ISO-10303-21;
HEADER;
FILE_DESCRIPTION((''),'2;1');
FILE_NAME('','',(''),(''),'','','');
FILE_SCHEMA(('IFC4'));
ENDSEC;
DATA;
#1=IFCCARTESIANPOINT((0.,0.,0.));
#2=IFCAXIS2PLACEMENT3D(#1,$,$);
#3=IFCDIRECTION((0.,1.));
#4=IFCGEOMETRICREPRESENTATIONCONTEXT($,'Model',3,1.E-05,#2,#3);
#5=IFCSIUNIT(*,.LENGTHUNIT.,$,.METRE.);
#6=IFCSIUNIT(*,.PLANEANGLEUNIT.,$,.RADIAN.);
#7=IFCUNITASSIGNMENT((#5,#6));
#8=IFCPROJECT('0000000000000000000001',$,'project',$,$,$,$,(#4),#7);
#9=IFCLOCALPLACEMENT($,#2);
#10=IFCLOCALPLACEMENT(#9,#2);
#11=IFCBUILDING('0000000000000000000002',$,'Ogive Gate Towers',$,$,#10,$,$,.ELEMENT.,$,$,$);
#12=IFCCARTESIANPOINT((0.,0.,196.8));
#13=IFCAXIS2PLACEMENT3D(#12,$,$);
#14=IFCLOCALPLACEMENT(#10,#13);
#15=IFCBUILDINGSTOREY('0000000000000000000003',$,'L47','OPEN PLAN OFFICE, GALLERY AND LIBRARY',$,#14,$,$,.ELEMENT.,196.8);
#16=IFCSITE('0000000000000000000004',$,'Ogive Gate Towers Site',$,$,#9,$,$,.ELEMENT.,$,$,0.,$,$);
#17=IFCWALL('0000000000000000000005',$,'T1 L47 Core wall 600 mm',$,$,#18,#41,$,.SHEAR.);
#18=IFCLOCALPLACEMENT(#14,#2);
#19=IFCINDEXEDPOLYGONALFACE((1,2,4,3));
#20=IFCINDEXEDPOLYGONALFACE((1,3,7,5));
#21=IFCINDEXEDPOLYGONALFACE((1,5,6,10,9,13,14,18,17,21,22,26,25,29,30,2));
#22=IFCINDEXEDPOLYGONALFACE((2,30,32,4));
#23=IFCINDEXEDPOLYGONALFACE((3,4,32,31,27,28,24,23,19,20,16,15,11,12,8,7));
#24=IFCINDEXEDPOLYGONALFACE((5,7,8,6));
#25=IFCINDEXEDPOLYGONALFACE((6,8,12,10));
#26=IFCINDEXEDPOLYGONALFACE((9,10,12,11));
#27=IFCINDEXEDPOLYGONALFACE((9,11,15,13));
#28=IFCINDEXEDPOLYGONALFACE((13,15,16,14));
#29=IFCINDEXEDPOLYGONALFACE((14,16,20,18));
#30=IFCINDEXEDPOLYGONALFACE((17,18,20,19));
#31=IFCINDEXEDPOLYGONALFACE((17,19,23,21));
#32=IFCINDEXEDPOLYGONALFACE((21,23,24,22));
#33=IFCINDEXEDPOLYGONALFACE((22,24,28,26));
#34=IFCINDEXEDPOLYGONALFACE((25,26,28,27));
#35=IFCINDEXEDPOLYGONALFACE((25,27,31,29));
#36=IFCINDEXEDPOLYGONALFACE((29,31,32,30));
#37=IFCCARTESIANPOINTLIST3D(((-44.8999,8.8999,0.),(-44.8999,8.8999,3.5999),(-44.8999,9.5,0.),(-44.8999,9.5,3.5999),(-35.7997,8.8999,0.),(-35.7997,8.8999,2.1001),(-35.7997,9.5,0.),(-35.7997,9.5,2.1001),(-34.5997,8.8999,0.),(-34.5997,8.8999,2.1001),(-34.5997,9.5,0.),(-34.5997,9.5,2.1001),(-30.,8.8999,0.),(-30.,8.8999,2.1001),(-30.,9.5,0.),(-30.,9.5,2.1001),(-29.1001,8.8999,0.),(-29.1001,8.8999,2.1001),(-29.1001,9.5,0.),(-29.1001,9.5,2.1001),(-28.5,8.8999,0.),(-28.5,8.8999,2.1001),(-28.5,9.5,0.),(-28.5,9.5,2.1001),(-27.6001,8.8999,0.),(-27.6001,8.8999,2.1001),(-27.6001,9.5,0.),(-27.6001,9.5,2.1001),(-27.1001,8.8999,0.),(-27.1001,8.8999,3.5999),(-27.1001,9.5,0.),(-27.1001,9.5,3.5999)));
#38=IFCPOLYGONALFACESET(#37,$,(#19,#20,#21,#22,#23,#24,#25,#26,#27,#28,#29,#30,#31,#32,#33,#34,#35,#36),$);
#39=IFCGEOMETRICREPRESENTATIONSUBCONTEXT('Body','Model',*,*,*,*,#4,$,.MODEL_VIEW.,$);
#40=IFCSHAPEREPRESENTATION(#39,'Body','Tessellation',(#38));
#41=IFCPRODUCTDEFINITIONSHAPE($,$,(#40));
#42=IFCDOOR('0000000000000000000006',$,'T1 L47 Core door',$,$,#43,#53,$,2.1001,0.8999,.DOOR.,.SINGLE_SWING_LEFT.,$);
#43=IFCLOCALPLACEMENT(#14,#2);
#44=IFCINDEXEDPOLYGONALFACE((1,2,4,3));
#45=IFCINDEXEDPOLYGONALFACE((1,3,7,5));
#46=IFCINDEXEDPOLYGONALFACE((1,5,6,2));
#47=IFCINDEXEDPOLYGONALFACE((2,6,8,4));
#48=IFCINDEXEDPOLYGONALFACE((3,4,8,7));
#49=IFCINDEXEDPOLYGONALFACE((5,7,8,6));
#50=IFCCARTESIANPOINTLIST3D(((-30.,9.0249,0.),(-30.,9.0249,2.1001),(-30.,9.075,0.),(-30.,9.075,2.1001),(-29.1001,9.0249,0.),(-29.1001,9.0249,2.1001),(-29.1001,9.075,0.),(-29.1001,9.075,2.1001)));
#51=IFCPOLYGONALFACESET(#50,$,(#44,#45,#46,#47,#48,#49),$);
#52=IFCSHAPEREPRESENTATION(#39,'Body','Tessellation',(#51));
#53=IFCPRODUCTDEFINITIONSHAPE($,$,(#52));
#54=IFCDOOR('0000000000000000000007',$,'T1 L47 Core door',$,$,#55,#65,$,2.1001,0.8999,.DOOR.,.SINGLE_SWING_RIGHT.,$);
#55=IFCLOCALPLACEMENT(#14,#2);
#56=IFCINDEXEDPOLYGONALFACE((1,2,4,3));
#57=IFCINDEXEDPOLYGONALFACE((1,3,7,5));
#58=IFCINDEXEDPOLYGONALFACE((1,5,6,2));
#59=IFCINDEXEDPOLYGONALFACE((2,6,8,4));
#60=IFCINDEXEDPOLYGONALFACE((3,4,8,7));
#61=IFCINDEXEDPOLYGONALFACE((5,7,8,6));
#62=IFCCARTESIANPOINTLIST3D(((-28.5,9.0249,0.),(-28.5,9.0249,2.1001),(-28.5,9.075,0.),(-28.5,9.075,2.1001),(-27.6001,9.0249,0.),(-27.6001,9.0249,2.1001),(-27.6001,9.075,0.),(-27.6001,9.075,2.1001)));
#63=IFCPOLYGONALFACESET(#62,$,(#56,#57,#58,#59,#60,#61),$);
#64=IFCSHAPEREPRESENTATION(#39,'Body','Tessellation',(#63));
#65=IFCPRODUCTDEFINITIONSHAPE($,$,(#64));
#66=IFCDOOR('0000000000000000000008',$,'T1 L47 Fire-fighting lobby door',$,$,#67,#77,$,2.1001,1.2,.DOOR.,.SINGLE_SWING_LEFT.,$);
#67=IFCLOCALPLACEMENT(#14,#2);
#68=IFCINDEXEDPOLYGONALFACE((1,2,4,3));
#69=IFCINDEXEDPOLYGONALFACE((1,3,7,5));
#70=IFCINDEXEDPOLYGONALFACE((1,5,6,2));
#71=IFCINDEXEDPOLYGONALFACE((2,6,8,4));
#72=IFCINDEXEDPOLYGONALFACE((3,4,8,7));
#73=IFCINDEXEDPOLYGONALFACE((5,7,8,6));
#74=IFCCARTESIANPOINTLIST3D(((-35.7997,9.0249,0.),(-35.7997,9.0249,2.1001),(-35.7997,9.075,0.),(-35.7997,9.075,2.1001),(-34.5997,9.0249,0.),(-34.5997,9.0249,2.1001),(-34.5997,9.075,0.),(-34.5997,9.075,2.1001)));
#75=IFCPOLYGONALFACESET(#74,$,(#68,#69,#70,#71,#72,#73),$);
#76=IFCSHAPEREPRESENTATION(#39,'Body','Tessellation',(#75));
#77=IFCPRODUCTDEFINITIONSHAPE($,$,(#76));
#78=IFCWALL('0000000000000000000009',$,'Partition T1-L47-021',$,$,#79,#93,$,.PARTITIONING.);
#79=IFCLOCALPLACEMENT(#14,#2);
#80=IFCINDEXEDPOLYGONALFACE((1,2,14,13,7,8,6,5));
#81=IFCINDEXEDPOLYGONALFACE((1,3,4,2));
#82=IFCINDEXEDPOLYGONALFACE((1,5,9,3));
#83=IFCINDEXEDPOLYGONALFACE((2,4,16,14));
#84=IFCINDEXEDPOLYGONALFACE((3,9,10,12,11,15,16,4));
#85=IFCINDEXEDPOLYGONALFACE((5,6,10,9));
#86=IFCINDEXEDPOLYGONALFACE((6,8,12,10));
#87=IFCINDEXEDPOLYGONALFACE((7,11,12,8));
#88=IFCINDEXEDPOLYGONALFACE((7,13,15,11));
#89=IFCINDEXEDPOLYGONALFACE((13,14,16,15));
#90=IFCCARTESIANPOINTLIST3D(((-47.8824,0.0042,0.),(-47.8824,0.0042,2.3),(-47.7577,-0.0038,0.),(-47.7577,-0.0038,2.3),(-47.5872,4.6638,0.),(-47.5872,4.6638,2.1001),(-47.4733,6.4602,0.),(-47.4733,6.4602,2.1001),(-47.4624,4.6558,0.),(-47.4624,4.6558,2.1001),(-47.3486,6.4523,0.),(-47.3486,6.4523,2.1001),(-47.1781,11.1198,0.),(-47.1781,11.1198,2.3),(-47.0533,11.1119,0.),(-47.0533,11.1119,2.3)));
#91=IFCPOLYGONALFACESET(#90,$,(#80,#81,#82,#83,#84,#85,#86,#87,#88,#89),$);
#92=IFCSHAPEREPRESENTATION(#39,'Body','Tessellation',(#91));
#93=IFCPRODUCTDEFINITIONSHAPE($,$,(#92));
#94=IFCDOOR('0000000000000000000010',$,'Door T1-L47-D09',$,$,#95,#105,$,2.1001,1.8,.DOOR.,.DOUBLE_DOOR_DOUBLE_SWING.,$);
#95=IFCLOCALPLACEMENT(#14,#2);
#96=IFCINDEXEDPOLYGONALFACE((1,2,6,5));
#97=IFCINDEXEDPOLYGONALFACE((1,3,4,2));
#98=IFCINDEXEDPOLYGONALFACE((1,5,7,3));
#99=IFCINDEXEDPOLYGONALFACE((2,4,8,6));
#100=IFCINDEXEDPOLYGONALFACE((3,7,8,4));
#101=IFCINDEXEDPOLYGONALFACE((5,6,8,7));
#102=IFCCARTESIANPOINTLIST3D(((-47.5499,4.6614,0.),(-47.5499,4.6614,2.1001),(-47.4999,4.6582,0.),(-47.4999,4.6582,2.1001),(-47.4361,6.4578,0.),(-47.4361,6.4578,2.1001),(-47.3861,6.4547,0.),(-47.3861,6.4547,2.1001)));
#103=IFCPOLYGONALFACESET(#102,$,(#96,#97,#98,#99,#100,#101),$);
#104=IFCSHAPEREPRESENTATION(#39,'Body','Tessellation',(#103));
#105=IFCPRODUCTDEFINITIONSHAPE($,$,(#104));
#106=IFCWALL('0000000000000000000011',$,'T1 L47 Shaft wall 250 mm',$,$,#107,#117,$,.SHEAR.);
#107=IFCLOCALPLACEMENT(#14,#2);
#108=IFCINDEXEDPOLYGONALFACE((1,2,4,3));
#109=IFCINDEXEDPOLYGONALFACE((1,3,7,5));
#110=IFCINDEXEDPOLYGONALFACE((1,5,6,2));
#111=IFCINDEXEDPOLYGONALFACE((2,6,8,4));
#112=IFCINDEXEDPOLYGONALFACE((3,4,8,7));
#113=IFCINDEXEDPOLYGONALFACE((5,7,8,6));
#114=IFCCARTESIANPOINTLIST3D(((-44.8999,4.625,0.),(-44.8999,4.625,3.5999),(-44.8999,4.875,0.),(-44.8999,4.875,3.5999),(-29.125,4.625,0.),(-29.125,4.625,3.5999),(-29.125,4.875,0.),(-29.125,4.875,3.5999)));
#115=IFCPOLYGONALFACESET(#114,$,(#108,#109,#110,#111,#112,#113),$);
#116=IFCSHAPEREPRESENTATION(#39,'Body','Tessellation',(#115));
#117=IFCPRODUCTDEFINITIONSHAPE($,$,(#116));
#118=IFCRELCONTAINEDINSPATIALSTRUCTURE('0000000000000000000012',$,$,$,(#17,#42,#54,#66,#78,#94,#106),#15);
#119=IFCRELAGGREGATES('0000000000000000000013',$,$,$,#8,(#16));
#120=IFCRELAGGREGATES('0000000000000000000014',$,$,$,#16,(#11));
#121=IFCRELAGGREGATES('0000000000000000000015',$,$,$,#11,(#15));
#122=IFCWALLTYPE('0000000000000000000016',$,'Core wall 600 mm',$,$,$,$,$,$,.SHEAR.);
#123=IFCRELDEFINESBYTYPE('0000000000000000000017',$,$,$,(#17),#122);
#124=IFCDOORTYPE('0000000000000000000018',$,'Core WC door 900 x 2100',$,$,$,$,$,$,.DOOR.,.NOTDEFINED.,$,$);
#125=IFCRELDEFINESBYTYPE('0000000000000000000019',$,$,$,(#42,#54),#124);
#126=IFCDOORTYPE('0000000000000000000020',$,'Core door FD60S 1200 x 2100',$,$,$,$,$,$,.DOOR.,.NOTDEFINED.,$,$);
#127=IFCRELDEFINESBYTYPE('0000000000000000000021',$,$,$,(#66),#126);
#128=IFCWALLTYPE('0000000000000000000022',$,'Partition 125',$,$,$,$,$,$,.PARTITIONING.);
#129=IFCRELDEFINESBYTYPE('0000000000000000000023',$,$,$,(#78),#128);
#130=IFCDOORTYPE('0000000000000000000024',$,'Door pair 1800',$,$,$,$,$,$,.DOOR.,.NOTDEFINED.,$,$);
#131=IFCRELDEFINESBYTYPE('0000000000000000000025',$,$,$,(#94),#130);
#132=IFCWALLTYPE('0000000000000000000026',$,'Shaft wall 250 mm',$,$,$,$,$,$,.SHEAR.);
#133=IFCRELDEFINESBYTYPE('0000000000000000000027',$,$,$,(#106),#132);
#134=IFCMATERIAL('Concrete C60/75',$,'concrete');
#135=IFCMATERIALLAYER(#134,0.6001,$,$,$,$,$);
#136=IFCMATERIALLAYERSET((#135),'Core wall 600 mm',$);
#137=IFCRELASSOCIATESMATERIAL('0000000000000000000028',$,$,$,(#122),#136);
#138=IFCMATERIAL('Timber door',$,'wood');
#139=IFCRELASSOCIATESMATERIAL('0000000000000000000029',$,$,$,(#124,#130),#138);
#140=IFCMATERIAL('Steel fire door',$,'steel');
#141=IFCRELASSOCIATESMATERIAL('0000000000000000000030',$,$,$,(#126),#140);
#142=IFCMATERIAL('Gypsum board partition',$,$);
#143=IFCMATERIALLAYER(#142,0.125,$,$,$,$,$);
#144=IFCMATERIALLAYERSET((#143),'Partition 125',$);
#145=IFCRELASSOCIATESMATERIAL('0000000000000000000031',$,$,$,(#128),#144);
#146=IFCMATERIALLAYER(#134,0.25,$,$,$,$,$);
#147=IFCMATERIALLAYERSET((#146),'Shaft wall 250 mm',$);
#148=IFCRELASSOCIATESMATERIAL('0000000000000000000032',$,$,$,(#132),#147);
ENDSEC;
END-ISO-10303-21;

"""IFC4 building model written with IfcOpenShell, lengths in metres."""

from ifc_helpers import new_model, si_unit, direction, frame, frame_2d, origin, place, context, subcontext, project, spatial, rectangle, extrude, material, layer, layer_set, type_object, element, fill, save


model = new_model("IFC4")

# Units and contexts
model_context = context("Model", 3, precision=1e-05, world=origin(), true_north=direction((0.0, 1.0)))
body_context = subcontext(model_context, "Body", "Model", "MODEL_VIEW")
ifc_project = project(units=[si_unit("LENGTHUNIT", "METRE"), si_unit("PLANEANGLEUNIT", "RADIAN")], contexts=[model_context])

# Site, building, storey
site_placement = place(None, origin())
site = spatial("IfcSite", under=ifc_project, at=site_placement, Name="Ogive Gate Towers Site", CompositionType="ELEMENT", RefElevation=0.0)
building_placement = place(site_placement, origin())
building = spatial("IfcBuilding", under=site, at=building_placement, Name="Ogive Gate Towers", CompositionType="ELEMENT")
storey_placement = place(building_placement, frame((0.0, 0.0, 196.8)))
storey = spatial("IfcBuildingStorey", under=building, at=storey_placement, Name="L47", Description="OPEN PLAN OFFICE, GALLERY AND LIBRARY", CompositionType="ELEMENT", Elevation=196.8)

# Wall, openings, doors
ifc_material_1 = material(Name="Concrete C60/75", Category="concrete")
ifc_layer_1 = layer(ifc_material_1, 0.6001)
ifc_layer_set_1 = layer_set([ifc_layer_1], Name="Core wall 600 mm")
wall_type_1 = type_object("IfcWallType", Name="Core wall 600 mm", PredefinedType="SHEAR", material=ifc_layer_set_1)
wall_1_placement = place(storey_placement, frame((-44.8999, 9.2, 0.0), z_axis=(0.0, 0.0, 1.0), x_axis=(1.0, 0.0, 0.0)))
wall_1 = element("IfcWall", 1, at=wall_1_placement, inside=storey, type_object=wall_type_1, Name="T1 L47 Core wall 600 mm", PredefinedType="SHEAR", context=body_context, shape_type="SweptSolid", body=[
    extrude(rectangle(XDim=17.7998, YDim=0.6001, at=frame_2d((8.8999, 0.0))), origin(), (0.0, 0.0, 1.0), 3.5999),
])
opening_1_placement = place(wall_1_placement, frame((9.1001, 0.0, 0.0)))
opening_1 = element("IfcOpeningElement", 2, at=opening_1_placement, cuts=wall_1, PredefinedType="OPENING", context=body_context, shape_type="SweptSolid", body=[
    extrude(rectangle(XDim=1.2, YDim=2.1001, at=frame_2d((0.6001, 1.05))), frame((0.0, 0.3101, 0.0), z_axis=(0.0, -1.0, 0.0), x_axis=(1.0, 0.0, 0.0)), (0.0, 0.0, 1.0), 0.6201),
])
opening_2_placement = place(wall_1_placement, frame((14.8999, 0.0, 0.0)))
opening_2 = element("IfcOpeningElement", 3, at=opening_2_placement, cuts=wall_1, PredefinedType="OPENING", context=body_context, shape_type="SweptSolid", body=[
    extrude(rectangle(XDim=0.8999, YDim=2.1001, at=frame_2d((0.45, 1.05))), frame((0.0, 0.3101, 0.0), z_axis=(0.0, -1.0, 0.0), x_axis=(1.0, 0.0, 0.0)), (0.0, 0.0, 1.0), 0.6201),
])
opening_3_placement = place(wall_1_placement, frame((16.3999, 0.0, 0.0)))
opening_3 = element("IfcOpeningElement", 4, at=opening_3_placement, cuts=wall_1, PredefinedType="OPENING", context=body_context, shape_type="SweptSolid", body=[
    extrude(rectangle(XDim=0.8999, YDim=2.1001, at=frame_2d((0.45, 1.05))), frame((0.0, 0.3101, 0.0), z_axis=(0.0, -1.0, 0.0), x_axis=(1.0, 0.0, 0.0)), (0.0, 0.0, 1.0), 0.6201),
])
ifc_material_2 = material(Name="Timber door", Category="wood")
door_type_1 = type_object("IfcDoorType", Name="Core WC door 900 x 2100", OperationType="NOTDEFINED", PredefinedType="DOOR", material=ifc_material_2)
door_1_placement = place(opening_2_placement, origin())
door_1 = element("IfcDoor", 5, at=door_1_placement, inside=storey, type_object=door_type_1, Name="T1 L47 Core door", OperationType="SINGLE_SWING_LEFT", OverallHeight=2.1001, OverallWidth=0.8999, PredefinedType="DOOR", context=body_context, shape_type="SweptSolid", body=[
    extrude(rectangle(XDim=0.8999, YDim=2.1001, at=frame_2d((0.45, 1.05))), frame((0.0, -0.125, 0.0), z_axis=(0.0, -1.0, 0.0), x_axis=(1.0, 0.0, 0.0)), (0.0, 0.0, 1.0), 0.05),
])
fill(opening_2, door_1)
door_2_placement = place(opening_3_placement, origin())
door_2 = element("IfcDoor", 6, at=door_2_placement, inside=storey, type_object=door_type_1, Name="T1 L47 Core door", OperationType="SINGLE_SWING_RIGHT", OverallHeight=2.1001, OverallWidth=0.8999, PredefinedType="DOOR", context=body_context, shape_type="SweptSolid", body=[
    extrude(rectangle(XDim=0.8999, YDim=2.1001, at=frame_2d((0.45, 1.05))), frame((0.0, -0.125, 0.0), z_axis=(0.0, -1.0, 0.0), x_axis=(1.0, 0.0, 0.0)), (0.0, 0.0, 1.0), 0.05),
])
fill(opening_3, door_2)
ifc_material_3 = material(Name="Steel fire door", Category="steel")
door_type_2 = type_object("IfcDoorType", Name="Core door FD60S 1200 x 2100", OperationType="NOTDEFINED", PredefinedType="DOOR", material=ifc_material_3)
door_3_placement = place(opening_1_placement, origin())
door_3 = element("IfcDoor", 7, at=door_3_placement, inside=storey, type_object=door_type_2, Name="T1 L47 Fire-fighting lobby door", OperationType="SINGLE_SWING_LEFT", OverallHeight=2.1001, OverallWidth=1.2, PredefinedType="DOOR", context=body_context, shape_type="SweptSolid", body=[
    extrude(rectangle(XDim=1.2, YDim=2.1001, at=frame_2d((0.6001, 1.05))), frame((0.0, -0.125, 0.0), z_axis=(0.0, -1.0, 0.0), x_axis=(1.0, 0.0, 0.0)), (0.0, 0.0, 1.0), 0.05),
])
fill(opening_1, door_3)

# Wall, opening, door
ifc_material_4 = material(Name="Gypsum board partition")
ifc_layer_2 = layer(ifc_material_4, 0.125)
ifc_layer_set_2 = layer_set([ifc_layer_2], Name="Partition 125")
wall_type_2 = type_object("IfcWallType", Name="Partition 125", PredefinedType="PARTITIONING", material=ifc_layer_set_2)
wall_2_placement = place(storey_placement, frame((-47.1157, 11.1157, 0.0), z_axis=(0.0, 0.0, 1.0), x_axis=(-0.063238, -0.997998, 0.0)))
wall_2 = element("IfcWall", 8, at=wall_2_placement, inside=storey, type_object=wall_type_2, Name="Partition T1-L47-021", PredefinedType="PARTITIONING", context=body_context, shape_type="SweptSolid", body=[
    extrude(rectangle(XDim=11.1379, YDim=0.125, at=frame_2d((5.5688, 0.0))), origin(), (0.0, 0.0, 1.0), 2.3),
])
opening_4_placement = place(wall_2_placement, frame((4.6689, 0.0, 0.0)))
opening_4 = element("IfcOpeningElement", 9, at=opening_4_placement, cuts=wall_2, PredefinedType="OPENING", context=body_context, shape_type="SweptSolid", body=[
    extrude(rectangle(XDim=1.8, YDim=2.1001, at=frame_2d((0.8999, 1.05))), frame((0.0, 0.0725, 0.0), z_axis=(0.0, -1.0, 0.0), x_axis=(1.0, 0.0, 0.0)), (0.0, 0.0, 1.0), 0.145),
])
door_type_3 = type_object("IfcDoorType", Name="Door pair 1800", OperationType="NOTDEFINED", PredefinedType="DOOR", material=ifc_material_2)
door_4_placement = place(opening_4_placement, origin())
door_4 = element("IfcDoor", 10, at=door_4_placement, inside=storey, type_object=door_type_3, Name="Door T1-L47-D09", OperationType="DOUBLE_DOOR_DOUBLE_SWING", OverallHeight=2.1001, OverallWidth=1.8, PredefinedType="DOOR", context=body_context, shape_type="SweptSolid", body=[
    extrude(rectangle(XDim=1.8, YDim=2.1001, at=frame_2d((0.8999, 1.05))), frame((0.0, 0.0249, 0.0), z_axis=(0.0, -1.0, 0.0), x_axis=(1.0, 0.0, 0.0)), (0.0, 0.0, 1.0), 0.05),
])
fill(opening_4, door_4)

# Wall
ifc_layer_3 = layer(ifc_material_1, 0.25)
ifc_layer_set_3 = layer_set([ifc_layer_3], Name="Shaft wall 250 mm")
wall_type_3 = type_object("IfcWallType", Name="Shaft wall 250 mm", PredefinedType="SHEAR", material=ifc_layer_set_3)
wall_3_placement = place(storey_placement, frame((-44.8999, 4.75, 0.0), z_axis=(0.0, 0.0, 1.0), x_axis=(1.0, 0.0, 0.0)))
element("IfcWall", 11, at=wall_3_placement, inside=storey, type_object=wall_type_3, Name="T1 L47 Shaft wall 250 mm", PredefinedType="SHEAR", context=body_context, shape_type="SweptSolid", body=[
    extrude(rectangle(XDim=15.7749, YDim=0.25, at=frame_2d((7.8875, 0.0))), origin(), (0.0, 0.0, 1.0), 3.5999),
])

save(model, "model.ifc")
